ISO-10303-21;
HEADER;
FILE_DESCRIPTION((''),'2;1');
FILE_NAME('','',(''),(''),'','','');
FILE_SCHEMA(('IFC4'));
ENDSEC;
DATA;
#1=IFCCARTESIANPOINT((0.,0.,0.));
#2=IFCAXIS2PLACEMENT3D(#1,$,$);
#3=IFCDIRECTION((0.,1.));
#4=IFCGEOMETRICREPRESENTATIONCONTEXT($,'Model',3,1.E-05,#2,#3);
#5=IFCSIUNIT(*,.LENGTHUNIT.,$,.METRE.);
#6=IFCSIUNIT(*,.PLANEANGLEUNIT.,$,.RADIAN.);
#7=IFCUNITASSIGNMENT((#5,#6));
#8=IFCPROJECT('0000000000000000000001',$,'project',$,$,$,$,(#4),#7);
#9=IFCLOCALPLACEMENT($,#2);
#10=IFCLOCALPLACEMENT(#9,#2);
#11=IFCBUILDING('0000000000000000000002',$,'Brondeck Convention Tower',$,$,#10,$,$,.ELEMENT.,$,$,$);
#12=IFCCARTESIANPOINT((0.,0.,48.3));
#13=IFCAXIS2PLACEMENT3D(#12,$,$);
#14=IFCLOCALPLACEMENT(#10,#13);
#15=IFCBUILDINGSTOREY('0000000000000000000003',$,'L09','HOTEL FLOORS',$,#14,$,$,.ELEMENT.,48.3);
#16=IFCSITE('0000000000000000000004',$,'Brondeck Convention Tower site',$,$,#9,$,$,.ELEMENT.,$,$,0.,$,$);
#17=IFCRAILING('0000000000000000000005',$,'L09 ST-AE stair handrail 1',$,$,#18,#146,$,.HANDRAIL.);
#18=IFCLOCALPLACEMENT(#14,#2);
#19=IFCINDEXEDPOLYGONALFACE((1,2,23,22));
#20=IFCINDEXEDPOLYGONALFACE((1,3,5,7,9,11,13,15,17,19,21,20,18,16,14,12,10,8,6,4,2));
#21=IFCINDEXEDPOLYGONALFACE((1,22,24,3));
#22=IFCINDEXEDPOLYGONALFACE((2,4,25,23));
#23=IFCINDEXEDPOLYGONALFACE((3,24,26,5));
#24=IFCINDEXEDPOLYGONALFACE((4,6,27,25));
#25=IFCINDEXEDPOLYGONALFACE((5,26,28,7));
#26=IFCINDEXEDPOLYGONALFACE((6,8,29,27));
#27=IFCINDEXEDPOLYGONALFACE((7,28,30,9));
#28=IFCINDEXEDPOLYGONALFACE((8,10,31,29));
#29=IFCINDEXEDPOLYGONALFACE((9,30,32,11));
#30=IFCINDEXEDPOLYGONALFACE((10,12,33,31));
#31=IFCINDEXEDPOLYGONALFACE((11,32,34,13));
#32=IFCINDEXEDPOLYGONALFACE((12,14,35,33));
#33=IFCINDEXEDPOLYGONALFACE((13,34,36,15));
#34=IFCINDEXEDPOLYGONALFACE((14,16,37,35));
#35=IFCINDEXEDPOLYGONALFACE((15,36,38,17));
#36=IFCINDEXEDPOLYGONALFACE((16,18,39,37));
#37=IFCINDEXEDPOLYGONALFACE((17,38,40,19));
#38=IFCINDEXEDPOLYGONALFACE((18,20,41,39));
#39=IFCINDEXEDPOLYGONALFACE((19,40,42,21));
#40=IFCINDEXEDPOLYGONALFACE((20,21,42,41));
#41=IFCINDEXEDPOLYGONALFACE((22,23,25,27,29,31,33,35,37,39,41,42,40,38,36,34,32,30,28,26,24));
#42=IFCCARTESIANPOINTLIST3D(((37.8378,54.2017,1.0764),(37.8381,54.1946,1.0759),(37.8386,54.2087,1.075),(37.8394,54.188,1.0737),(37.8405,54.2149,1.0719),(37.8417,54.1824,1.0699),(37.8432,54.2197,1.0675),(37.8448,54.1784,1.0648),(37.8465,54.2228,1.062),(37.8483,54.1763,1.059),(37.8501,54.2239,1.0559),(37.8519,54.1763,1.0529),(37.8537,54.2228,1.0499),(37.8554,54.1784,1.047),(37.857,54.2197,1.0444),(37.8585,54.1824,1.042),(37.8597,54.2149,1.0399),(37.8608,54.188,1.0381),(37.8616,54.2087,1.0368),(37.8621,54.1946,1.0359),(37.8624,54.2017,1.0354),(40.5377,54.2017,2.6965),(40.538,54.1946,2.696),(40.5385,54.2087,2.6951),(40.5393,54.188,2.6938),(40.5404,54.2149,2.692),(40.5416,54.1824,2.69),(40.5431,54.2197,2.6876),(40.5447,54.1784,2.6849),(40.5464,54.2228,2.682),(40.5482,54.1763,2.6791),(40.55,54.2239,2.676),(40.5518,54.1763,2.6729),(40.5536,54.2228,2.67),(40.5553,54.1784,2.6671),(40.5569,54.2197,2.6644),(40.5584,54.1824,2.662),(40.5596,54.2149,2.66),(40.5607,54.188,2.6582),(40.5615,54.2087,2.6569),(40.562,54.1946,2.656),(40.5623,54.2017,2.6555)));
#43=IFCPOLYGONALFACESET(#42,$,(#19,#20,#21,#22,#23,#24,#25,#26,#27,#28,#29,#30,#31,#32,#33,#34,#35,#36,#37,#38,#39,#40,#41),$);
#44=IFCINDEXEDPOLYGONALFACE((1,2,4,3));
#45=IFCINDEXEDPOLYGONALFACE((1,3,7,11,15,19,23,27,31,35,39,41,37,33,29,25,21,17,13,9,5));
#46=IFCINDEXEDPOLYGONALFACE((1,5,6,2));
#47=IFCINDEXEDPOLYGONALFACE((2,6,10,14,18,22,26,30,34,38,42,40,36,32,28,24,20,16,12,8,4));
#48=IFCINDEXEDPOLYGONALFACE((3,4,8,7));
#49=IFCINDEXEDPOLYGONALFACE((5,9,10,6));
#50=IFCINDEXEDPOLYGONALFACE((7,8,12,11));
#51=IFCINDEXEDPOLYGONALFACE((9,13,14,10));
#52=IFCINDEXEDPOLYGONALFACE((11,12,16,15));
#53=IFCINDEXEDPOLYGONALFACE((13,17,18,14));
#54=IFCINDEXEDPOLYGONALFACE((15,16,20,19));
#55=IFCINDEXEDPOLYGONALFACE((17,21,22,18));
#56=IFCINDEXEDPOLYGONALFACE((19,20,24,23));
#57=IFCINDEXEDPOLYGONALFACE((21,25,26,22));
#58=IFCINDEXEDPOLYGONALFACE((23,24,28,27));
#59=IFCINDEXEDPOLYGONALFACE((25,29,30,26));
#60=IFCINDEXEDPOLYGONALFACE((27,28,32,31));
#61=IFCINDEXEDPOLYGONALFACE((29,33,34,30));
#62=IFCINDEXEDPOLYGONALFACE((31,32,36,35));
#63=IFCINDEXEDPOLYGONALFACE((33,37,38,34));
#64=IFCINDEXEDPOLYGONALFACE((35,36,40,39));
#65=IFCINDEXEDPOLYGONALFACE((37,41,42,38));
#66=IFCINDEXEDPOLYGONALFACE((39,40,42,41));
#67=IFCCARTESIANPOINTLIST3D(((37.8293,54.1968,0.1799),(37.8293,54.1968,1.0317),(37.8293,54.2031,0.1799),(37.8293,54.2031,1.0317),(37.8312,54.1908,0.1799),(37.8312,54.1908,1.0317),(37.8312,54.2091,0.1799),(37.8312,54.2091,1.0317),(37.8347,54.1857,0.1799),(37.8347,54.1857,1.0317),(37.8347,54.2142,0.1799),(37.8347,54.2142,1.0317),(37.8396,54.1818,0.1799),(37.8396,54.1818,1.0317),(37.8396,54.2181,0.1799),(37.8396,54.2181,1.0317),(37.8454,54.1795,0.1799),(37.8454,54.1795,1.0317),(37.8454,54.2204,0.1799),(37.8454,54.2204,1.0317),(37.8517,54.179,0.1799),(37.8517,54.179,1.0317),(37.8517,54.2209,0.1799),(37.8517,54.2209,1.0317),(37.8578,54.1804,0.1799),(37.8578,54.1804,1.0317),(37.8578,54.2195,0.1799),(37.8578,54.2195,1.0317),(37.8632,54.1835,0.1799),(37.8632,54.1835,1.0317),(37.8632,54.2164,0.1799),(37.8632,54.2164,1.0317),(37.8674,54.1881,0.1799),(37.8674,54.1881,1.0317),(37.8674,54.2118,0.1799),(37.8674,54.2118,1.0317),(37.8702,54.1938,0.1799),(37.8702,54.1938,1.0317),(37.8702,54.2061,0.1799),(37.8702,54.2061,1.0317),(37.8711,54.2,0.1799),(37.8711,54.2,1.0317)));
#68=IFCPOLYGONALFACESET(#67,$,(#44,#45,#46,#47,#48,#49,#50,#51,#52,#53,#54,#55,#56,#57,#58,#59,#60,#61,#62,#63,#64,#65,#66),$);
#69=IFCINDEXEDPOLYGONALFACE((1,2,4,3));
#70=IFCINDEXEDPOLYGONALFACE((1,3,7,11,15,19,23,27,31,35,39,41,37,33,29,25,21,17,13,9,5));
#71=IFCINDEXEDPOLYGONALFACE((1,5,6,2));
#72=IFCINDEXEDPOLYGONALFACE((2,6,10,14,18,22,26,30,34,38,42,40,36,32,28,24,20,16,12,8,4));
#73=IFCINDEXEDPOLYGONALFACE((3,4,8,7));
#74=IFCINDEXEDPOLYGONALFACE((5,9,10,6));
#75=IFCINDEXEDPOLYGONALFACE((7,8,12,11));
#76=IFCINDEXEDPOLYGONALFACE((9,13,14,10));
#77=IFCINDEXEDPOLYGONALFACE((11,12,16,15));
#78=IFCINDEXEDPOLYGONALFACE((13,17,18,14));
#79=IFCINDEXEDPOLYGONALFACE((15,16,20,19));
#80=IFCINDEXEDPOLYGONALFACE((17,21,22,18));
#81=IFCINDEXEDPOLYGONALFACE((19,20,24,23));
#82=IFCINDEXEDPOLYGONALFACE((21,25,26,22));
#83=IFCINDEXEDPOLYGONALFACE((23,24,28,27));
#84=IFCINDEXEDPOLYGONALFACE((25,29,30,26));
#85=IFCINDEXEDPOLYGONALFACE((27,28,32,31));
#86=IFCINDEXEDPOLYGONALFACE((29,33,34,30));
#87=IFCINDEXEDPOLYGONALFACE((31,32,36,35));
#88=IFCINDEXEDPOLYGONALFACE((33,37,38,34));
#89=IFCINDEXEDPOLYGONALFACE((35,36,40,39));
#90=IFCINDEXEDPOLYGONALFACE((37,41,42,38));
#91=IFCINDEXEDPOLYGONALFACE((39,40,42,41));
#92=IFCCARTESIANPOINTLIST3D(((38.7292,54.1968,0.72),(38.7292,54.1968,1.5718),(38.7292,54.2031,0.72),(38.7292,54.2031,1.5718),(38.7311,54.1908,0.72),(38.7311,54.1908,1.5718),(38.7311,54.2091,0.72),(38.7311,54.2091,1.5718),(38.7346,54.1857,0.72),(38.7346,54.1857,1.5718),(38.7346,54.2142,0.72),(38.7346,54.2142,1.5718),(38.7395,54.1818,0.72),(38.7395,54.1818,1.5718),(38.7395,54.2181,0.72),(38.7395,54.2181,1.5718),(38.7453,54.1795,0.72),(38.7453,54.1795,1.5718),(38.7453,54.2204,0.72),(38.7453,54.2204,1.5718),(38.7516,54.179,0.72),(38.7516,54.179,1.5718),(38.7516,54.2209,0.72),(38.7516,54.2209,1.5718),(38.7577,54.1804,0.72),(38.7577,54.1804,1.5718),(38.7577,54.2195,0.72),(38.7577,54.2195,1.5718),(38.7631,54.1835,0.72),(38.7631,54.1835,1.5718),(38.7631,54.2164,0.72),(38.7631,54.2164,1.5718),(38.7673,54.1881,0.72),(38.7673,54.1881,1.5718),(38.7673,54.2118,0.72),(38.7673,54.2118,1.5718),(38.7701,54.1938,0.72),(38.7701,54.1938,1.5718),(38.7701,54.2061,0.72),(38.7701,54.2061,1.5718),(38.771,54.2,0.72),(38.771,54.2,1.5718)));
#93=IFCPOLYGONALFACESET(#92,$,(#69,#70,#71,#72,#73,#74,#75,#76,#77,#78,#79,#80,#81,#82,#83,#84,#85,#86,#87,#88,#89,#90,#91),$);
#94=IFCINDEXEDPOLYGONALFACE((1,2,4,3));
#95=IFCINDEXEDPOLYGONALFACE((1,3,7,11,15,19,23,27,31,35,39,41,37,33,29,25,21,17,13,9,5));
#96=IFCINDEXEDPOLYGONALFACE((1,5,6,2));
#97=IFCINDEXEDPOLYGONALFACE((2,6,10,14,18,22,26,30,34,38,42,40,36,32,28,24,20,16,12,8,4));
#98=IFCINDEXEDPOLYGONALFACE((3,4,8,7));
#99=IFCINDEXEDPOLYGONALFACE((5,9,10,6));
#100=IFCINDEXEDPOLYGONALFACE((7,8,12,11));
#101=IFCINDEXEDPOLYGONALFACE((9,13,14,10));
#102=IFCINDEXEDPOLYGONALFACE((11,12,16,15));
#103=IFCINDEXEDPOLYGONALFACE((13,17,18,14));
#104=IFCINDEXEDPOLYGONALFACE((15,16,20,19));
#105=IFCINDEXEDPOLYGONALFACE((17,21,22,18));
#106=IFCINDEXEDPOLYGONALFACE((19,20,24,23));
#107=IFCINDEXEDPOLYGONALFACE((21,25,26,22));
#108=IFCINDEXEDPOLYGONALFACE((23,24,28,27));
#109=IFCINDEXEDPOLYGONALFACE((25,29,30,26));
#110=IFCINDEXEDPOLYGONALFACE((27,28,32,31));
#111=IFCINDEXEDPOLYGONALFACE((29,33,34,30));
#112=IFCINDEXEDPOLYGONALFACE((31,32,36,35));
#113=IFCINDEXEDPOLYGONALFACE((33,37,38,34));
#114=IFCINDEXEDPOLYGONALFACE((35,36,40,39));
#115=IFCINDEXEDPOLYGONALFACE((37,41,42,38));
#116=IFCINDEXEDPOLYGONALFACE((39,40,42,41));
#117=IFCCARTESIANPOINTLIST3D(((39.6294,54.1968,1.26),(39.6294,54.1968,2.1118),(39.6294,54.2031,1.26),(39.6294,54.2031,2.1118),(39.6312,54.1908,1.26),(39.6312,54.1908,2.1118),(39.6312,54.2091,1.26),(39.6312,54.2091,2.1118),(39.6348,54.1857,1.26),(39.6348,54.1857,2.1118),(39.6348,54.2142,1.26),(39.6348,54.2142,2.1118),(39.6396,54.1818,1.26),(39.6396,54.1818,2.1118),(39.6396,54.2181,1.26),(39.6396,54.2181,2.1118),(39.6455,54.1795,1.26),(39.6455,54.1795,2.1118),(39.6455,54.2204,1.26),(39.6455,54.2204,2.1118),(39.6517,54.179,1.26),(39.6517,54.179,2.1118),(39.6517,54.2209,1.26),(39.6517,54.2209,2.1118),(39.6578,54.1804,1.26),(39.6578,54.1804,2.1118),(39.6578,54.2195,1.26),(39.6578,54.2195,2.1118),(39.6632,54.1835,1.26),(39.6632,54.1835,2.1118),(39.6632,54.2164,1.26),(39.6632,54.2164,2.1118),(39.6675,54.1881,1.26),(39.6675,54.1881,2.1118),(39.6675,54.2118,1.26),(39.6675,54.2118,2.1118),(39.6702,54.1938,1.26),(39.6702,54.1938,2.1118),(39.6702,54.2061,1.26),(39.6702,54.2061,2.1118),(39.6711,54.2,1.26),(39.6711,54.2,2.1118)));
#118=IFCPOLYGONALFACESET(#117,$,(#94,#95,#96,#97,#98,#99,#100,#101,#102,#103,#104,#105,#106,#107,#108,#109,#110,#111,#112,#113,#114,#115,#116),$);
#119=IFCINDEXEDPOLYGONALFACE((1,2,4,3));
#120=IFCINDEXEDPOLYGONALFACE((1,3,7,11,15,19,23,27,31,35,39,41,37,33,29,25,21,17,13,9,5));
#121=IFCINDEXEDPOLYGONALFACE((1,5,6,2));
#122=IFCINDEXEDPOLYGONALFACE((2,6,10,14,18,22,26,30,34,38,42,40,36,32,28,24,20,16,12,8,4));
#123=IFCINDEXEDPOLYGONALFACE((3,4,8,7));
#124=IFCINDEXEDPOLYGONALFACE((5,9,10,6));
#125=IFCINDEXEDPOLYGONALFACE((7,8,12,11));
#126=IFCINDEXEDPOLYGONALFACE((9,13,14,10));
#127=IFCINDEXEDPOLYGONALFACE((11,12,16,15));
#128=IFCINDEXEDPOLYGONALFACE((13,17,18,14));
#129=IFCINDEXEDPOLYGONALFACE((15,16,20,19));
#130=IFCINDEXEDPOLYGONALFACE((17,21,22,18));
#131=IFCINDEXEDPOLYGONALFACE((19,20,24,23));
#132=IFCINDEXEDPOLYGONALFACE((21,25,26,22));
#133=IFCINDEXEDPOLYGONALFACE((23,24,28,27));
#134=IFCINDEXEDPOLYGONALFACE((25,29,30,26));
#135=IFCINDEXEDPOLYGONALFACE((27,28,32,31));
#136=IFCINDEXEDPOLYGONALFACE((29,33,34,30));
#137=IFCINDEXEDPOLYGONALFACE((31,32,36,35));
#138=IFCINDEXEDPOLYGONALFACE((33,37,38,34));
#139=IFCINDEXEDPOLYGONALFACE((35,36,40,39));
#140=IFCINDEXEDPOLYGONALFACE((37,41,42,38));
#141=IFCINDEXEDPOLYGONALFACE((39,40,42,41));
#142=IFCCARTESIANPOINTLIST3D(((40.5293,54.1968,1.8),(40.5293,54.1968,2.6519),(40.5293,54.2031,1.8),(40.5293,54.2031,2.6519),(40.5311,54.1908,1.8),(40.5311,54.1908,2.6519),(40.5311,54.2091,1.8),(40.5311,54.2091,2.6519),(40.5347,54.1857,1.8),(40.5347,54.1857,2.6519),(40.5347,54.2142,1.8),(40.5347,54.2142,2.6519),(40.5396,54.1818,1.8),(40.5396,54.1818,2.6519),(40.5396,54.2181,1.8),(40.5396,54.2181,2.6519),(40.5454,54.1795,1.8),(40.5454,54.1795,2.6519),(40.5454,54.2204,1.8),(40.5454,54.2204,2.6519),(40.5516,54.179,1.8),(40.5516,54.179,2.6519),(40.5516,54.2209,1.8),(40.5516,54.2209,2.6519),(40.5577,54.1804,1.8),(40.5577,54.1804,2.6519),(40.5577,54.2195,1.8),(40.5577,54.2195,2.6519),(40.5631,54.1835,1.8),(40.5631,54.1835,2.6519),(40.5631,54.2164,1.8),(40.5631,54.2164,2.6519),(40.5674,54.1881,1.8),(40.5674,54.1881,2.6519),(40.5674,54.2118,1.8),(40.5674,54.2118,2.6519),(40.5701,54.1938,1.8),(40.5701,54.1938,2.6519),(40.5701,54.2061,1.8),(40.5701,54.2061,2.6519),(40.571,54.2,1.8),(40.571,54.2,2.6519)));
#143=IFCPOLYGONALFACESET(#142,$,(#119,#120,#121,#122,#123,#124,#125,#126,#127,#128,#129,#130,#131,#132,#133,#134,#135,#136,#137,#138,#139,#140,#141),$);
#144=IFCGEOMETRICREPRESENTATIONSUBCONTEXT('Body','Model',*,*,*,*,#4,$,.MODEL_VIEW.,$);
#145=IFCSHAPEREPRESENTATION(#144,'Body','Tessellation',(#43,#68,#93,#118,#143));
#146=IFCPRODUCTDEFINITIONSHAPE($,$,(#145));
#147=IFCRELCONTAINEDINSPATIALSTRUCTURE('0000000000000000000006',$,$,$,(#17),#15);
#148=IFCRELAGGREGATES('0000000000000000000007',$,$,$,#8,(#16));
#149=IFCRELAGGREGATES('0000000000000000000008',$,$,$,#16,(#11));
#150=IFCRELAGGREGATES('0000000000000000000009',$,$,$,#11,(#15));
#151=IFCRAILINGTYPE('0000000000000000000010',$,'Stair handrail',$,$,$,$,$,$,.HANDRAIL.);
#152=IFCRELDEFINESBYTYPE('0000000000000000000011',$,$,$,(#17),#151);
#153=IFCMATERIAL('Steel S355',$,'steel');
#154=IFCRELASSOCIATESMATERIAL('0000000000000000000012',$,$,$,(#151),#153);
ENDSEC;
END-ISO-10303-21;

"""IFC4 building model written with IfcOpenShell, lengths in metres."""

from ifc_helpers import new_model, si_unit, direction, frame, origin, origin_2d, place, context, subcontext, project, spatial, circle, extrude, material, type_object, element, save


model = new_model("IFC4")

# Units and contexts
model_context = context("Model", 3, precision=1e-05, world=origin(), true_north=direction((0.0, 1.0)))
body_context = subcontext(model_context, "Body", "Model", "MODEL_VIEW")
ifc_project = project(units=[si_unit("LENGTHUNIT", "METRE"), si_unit("PLANEANGLEUNIT", "RADIAN")], contexts=[model_context])

# Site, building, storey
site_placement = place(None, origin())
site = spatial("IfcSite", under=ifc_project, at=site_placement, Name="Brondeck Convention Tower site", CompositionType="ELEMENT", RefElevation=0.0)
building_placement = place(site_placement, origin())
building = spatial("IfcBuilding", under=site, at=building_placement, Name="Brondeck Convention Tower", CompositionType="ELEMENT")
storey_placement = place(building_placement, frame((0.0, 0.0, 48.3)))
storey = spatial("IfcBuildingStorey", under=building, at=storey_placement, Name="L09", Description="HOTEL FLOORS", CompositionType="ELEMENT", Elevation=48.3)

# Railing
ifc_material_1 = material(Name="Steel S355", Category="steel")
railing_type_1 = type_object("IfcRailingType", Name="Stair handrail", PredefinedType="HANDRAIL", material=ifc_material_1)
railing_1_placement = place(storey_placement, frame((37.8501, 54.2, 0.1799)))
element("IfcRailing", 1, at=railing_1_placement, inside=storey, type_object=railing_type_1, Name="L09 ST-AE stair handrail 1", PredefinedType="HANDRAIL", context=body_context, shape_type="SweptSolid", body=[
    extrude(circle(Radius=0.0239, at=origin_2d()), frame((0.0, 0.0, 0.876), z_axis=(0.857472, 0.0, 0.51453), x_axis=(0.0, 1.0, 0.0)), (0.0, 0.0, 1.0), 3.1487),
    extrude(circle(Radius=0.021, at=origin_2d()), origin(), (0.0, 0.0, 1.0), 0.8518),
    extrude(circle(Radius=0.021, at=origin_2d()), frame((0.8999, 0.0, 0.54)), (0.0, 0.0, 1.0), 0.8518),
    extrude(circle(Radius=0.021, at=origin_2d()), frame((1.8, 0.0, 1.0801)), (0.0, 0.0, 1.0), 0.8518),
    extrude(circle(Radius=0.021, at=origin_2d()), frame((2.7, 0.0, 1.6201)), (0.0, 0.0, 1.0), 0.8518),
])

save(model, "model.ifc")
